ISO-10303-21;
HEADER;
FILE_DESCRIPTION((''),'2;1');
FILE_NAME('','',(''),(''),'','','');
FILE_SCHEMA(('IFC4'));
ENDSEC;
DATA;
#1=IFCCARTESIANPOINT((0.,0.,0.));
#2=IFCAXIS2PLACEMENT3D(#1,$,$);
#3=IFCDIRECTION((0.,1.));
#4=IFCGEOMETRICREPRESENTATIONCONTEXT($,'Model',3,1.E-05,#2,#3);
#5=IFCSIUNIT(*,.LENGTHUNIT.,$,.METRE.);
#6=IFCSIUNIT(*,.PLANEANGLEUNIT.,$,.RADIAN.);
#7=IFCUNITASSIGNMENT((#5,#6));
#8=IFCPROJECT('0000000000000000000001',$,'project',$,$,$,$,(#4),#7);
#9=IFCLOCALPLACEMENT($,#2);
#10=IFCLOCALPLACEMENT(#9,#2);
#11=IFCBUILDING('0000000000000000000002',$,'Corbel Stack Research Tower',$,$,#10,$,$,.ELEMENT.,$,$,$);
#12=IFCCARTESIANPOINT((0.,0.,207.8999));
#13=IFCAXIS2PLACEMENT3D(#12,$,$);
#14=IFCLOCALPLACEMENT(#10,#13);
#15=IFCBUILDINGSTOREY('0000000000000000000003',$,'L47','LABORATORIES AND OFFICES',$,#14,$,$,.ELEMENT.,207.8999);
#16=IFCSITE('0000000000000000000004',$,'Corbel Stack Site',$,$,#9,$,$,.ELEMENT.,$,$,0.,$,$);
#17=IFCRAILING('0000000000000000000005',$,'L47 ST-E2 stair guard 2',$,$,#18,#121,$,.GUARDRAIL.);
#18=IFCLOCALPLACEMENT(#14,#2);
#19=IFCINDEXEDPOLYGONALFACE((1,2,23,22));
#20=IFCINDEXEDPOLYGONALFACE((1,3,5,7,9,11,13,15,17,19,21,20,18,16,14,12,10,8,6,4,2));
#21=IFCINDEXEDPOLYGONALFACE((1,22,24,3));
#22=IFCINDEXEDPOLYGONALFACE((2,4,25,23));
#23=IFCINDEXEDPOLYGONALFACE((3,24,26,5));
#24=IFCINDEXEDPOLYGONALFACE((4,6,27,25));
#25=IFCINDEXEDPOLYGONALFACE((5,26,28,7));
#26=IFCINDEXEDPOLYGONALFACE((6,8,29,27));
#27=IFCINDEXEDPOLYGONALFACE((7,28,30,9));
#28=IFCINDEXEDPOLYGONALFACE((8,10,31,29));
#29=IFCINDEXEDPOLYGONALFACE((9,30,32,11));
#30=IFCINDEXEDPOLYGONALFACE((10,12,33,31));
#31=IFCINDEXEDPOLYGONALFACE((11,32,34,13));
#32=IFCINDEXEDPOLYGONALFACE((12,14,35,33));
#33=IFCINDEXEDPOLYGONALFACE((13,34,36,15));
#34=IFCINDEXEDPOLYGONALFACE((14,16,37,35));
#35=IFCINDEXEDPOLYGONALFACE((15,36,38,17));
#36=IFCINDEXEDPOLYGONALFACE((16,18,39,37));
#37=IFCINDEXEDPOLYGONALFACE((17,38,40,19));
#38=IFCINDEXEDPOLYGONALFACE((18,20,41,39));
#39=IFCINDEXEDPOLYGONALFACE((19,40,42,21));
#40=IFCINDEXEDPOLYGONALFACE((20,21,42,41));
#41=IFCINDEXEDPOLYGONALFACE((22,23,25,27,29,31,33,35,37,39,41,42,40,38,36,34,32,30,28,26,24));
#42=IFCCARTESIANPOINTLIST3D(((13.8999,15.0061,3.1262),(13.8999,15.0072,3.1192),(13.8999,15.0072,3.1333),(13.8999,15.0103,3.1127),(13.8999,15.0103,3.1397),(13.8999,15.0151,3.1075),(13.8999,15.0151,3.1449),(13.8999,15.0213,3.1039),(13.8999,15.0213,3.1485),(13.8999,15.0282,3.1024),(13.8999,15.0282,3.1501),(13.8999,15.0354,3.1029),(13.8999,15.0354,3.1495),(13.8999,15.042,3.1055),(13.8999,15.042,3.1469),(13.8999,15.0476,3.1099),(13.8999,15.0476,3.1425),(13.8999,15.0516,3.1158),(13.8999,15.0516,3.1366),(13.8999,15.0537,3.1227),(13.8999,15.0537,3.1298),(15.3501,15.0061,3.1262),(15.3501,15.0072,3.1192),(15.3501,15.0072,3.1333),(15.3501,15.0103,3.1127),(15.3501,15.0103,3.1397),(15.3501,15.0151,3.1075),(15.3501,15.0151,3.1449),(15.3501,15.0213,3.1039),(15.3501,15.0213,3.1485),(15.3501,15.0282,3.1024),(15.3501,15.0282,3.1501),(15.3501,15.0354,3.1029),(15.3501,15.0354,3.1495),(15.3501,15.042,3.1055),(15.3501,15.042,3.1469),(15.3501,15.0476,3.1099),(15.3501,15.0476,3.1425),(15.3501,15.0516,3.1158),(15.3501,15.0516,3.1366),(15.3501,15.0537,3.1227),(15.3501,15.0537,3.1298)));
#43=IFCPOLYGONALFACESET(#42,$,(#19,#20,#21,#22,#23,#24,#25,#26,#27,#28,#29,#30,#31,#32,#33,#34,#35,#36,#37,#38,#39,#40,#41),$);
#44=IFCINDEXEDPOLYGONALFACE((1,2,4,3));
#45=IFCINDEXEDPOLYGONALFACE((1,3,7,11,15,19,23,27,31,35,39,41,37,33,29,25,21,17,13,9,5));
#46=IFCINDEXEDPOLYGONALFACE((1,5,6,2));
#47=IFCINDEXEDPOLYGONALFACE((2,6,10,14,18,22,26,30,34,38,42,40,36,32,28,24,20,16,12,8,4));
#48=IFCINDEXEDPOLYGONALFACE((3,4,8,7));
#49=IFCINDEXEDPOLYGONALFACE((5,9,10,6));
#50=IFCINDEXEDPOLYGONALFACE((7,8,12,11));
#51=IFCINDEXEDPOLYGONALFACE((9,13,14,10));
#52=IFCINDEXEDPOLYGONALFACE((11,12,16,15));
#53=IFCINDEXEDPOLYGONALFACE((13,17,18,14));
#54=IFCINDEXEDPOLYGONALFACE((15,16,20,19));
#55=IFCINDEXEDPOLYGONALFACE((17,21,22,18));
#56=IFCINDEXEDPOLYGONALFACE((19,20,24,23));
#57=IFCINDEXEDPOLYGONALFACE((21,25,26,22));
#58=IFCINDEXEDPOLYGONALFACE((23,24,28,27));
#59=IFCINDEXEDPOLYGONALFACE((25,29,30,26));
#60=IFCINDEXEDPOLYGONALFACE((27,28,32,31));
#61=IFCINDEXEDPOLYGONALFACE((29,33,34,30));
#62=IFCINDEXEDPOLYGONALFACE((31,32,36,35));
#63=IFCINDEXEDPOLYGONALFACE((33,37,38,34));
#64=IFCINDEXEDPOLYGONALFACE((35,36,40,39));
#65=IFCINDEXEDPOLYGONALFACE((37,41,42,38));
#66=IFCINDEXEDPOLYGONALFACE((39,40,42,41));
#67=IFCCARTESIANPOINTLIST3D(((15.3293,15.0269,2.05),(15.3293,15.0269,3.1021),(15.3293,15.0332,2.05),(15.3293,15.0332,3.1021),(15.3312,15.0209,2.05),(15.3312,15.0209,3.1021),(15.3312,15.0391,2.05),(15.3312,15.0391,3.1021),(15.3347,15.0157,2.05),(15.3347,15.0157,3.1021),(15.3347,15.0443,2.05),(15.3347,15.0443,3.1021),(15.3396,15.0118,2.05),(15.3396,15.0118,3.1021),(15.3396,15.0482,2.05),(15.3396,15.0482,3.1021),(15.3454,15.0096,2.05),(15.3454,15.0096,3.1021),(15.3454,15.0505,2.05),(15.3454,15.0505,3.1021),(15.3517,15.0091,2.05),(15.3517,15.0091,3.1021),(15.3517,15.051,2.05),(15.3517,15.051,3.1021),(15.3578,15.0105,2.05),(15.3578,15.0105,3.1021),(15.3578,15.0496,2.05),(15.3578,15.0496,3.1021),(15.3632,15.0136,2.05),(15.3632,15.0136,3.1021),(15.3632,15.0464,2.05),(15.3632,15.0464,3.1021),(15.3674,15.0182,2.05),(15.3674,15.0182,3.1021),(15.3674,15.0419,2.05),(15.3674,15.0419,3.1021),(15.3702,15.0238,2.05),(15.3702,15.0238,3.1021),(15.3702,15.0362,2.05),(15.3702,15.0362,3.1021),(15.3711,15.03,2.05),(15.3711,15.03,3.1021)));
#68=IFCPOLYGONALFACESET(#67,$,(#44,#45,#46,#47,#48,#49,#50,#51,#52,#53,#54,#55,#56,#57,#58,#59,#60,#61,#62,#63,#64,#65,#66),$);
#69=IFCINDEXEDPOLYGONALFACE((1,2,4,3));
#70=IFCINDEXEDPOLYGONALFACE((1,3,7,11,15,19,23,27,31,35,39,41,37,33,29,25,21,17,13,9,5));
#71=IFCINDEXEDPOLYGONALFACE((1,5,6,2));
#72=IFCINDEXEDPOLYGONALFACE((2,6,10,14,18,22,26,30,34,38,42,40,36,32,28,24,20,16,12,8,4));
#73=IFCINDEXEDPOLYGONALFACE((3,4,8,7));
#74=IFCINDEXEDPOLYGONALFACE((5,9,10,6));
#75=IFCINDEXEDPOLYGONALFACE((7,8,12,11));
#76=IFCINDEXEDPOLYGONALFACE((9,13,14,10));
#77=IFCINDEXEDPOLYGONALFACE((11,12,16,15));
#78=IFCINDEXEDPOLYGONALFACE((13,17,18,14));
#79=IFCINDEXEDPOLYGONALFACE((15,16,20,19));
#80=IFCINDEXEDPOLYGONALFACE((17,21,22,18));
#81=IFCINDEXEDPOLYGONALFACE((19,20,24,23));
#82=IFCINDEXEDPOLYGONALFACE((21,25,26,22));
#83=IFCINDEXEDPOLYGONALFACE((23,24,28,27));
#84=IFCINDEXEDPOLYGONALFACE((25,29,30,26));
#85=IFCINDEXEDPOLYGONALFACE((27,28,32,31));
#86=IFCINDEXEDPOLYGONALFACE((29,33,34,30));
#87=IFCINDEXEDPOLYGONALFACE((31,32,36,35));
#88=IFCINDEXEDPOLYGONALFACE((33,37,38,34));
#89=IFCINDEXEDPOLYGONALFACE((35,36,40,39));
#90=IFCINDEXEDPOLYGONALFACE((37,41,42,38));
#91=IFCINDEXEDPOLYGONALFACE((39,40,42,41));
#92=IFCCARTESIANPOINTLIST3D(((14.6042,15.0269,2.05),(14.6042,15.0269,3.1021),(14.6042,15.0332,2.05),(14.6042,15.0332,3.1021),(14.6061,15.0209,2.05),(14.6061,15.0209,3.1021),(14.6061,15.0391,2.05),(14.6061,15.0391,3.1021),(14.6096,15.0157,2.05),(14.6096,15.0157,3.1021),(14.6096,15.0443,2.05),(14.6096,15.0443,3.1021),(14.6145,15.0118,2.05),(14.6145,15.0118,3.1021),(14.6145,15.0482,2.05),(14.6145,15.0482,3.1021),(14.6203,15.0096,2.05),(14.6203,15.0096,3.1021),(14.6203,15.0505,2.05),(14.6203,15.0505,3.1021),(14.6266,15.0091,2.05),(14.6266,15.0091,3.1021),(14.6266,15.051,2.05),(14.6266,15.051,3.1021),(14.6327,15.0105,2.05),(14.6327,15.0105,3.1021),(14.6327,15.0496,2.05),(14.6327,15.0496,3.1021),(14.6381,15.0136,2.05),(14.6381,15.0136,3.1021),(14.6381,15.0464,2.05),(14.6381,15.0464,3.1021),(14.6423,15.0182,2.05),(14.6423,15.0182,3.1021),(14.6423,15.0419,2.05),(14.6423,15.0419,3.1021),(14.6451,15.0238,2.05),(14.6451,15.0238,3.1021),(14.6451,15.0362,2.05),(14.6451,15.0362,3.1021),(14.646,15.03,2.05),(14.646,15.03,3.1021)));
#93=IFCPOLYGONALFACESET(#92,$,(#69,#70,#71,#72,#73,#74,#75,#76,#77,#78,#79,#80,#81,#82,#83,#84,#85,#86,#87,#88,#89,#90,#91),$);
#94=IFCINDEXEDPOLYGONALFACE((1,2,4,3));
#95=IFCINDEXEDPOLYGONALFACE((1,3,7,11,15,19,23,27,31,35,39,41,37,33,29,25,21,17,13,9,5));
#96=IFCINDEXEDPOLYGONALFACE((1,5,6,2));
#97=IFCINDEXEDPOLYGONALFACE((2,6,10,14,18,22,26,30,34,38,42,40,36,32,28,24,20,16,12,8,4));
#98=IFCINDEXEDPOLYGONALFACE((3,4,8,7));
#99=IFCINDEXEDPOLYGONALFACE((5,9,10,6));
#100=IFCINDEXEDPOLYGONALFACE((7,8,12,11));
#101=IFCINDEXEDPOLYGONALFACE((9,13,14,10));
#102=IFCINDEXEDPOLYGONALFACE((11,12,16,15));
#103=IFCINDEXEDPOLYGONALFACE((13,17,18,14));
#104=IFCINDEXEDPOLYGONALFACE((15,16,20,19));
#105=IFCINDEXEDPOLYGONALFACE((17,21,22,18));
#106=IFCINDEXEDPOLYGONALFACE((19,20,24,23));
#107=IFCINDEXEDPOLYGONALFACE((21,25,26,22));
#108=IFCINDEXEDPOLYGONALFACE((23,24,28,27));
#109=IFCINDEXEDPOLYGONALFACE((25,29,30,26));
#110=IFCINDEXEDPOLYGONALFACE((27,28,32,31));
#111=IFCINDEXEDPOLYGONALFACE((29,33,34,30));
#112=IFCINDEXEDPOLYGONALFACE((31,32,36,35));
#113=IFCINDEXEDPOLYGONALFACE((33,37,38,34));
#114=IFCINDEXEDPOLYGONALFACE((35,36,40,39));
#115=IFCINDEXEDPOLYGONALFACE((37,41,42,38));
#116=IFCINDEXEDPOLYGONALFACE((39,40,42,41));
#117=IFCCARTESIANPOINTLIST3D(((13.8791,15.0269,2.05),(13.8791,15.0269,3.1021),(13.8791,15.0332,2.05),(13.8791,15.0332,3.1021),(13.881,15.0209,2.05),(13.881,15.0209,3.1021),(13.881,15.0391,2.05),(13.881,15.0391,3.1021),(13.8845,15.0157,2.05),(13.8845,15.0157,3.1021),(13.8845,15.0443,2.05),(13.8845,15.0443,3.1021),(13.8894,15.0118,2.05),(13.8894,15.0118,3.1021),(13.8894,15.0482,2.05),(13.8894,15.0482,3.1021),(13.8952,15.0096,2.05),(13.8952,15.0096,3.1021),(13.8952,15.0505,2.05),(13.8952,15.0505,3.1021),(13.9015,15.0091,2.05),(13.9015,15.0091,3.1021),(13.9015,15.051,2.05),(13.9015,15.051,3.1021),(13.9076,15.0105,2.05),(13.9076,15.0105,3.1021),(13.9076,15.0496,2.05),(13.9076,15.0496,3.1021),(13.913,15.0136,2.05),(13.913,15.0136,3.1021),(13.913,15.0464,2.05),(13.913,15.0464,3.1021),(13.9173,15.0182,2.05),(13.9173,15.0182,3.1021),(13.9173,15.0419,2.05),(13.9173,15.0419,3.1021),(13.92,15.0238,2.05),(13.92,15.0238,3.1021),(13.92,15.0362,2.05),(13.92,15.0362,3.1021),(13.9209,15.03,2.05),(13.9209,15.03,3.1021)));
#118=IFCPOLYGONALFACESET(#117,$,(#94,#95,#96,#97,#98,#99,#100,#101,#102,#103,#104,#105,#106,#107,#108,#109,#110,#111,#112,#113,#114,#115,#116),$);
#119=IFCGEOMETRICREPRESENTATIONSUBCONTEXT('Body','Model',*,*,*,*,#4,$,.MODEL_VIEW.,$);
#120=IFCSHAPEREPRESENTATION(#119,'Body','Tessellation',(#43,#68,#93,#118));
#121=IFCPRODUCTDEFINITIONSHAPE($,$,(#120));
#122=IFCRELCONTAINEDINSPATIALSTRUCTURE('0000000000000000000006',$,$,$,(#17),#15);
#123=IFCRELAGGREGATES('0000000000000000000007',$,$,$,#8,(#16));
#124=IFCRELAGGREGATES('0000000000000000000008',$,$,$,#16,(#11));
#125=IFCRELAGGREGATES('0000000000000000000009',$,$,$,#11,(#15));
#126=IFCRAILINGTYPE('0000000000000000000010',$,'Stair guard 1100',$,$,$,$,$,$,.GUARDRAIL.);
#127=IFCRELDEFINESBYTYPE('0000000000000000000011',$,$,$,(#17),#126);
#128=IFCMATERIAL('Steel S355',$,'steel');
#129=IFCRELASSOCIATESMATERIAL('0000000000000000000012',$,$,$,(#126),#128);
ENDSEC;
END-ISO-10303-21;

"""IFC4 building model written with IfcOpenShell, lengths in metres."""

from ifc_helpers import new_model, si_unit, direction, frame, origin, origin_2d, place, context, subcontext, project, spatial, circle, extrude, material, type_object, element, save


model = new_model("IFC4")

# Units and contexts
model_context = context("Model", 3, precision=1e-05, world=origin(), true_north=direction((0.0, 1.0)))
body_context = subcontext(model_context, "Body", "Model", "MODEL_VIEW")
ifc_project = project(units=[si_unit("LENGTHUNIT", "METRE"), si_unit("PLANEANGLEUNIT", "RADIAN")], contexts=[model_context])

# Site, building, storey
site_placement = place(None, origin())
site = spatial("IfcSite", under=ifc_project, at=site_placement, Name="Corbel Stack Site", CompositionType="ELEMENT", RefElevation=0.0)
building_placement = place(site_placement, origin())
building = spatial("IfcBuilding", under=site, at=building_placement, Name="Corbel Stack Research Tower", CompositionType="ELEMENT")
storey_placement = place(building_placement, frame((0.0, 0.0, 207.8999)))
storey = spatial("IfcBuildingStorey", under=building, at=storey_placement, Name="L47", Description="LABORATORIES AND OFFICES", CompositionType="ELEMENT", Elevation=207.8999)

# Railing
ifc_material_1 = material(Name="Steel S355", Category="steel")
railing_type_1 = type_object("IfcRailingType", Name="Stair guard 1100", PredefinedType="GUARDRAIL", material=ifc_material_1)
railing_1_placement = place(storey_placement, frame((15.3501, 15.03, 2.05)))
element("IfcRailing", 1, at=railing_1_placement, inside=storey, type_object=railing_type_1, Name="L47 ST-E2 stair guard 2", PredefinedType="GUARDRAIL", context=body_context, shape_type="SweptSolid", body=[
    extrude(circle(Radius=0.0239, at=origin_2d()), frame((0.0, 0.0, 1.0762), z_axis=(-1.0, 0.0, 0.0), x_axis=(0.0, -1.0, 0.0)), (0.0, 0.0, 1.0), 1.4502),
    extrude(circle(Radius=0.021, at=origin_2d()), origin(), (0.0, 0.0, 1.0), 1.052),
    extrude(circle(Radius=0.021, at=origin_2d()), frame((-0.7251, 0.0, 0.0)), (0.0, 0.0, 1.0), 1.052),
    extrude(circle(Radius=0.021, at=origin_2d()), frame((-1.4502, 0.0, 0.0)), (0.0, 0.0, 1.0), 1.052),
])

save(model, "model.ifc")
